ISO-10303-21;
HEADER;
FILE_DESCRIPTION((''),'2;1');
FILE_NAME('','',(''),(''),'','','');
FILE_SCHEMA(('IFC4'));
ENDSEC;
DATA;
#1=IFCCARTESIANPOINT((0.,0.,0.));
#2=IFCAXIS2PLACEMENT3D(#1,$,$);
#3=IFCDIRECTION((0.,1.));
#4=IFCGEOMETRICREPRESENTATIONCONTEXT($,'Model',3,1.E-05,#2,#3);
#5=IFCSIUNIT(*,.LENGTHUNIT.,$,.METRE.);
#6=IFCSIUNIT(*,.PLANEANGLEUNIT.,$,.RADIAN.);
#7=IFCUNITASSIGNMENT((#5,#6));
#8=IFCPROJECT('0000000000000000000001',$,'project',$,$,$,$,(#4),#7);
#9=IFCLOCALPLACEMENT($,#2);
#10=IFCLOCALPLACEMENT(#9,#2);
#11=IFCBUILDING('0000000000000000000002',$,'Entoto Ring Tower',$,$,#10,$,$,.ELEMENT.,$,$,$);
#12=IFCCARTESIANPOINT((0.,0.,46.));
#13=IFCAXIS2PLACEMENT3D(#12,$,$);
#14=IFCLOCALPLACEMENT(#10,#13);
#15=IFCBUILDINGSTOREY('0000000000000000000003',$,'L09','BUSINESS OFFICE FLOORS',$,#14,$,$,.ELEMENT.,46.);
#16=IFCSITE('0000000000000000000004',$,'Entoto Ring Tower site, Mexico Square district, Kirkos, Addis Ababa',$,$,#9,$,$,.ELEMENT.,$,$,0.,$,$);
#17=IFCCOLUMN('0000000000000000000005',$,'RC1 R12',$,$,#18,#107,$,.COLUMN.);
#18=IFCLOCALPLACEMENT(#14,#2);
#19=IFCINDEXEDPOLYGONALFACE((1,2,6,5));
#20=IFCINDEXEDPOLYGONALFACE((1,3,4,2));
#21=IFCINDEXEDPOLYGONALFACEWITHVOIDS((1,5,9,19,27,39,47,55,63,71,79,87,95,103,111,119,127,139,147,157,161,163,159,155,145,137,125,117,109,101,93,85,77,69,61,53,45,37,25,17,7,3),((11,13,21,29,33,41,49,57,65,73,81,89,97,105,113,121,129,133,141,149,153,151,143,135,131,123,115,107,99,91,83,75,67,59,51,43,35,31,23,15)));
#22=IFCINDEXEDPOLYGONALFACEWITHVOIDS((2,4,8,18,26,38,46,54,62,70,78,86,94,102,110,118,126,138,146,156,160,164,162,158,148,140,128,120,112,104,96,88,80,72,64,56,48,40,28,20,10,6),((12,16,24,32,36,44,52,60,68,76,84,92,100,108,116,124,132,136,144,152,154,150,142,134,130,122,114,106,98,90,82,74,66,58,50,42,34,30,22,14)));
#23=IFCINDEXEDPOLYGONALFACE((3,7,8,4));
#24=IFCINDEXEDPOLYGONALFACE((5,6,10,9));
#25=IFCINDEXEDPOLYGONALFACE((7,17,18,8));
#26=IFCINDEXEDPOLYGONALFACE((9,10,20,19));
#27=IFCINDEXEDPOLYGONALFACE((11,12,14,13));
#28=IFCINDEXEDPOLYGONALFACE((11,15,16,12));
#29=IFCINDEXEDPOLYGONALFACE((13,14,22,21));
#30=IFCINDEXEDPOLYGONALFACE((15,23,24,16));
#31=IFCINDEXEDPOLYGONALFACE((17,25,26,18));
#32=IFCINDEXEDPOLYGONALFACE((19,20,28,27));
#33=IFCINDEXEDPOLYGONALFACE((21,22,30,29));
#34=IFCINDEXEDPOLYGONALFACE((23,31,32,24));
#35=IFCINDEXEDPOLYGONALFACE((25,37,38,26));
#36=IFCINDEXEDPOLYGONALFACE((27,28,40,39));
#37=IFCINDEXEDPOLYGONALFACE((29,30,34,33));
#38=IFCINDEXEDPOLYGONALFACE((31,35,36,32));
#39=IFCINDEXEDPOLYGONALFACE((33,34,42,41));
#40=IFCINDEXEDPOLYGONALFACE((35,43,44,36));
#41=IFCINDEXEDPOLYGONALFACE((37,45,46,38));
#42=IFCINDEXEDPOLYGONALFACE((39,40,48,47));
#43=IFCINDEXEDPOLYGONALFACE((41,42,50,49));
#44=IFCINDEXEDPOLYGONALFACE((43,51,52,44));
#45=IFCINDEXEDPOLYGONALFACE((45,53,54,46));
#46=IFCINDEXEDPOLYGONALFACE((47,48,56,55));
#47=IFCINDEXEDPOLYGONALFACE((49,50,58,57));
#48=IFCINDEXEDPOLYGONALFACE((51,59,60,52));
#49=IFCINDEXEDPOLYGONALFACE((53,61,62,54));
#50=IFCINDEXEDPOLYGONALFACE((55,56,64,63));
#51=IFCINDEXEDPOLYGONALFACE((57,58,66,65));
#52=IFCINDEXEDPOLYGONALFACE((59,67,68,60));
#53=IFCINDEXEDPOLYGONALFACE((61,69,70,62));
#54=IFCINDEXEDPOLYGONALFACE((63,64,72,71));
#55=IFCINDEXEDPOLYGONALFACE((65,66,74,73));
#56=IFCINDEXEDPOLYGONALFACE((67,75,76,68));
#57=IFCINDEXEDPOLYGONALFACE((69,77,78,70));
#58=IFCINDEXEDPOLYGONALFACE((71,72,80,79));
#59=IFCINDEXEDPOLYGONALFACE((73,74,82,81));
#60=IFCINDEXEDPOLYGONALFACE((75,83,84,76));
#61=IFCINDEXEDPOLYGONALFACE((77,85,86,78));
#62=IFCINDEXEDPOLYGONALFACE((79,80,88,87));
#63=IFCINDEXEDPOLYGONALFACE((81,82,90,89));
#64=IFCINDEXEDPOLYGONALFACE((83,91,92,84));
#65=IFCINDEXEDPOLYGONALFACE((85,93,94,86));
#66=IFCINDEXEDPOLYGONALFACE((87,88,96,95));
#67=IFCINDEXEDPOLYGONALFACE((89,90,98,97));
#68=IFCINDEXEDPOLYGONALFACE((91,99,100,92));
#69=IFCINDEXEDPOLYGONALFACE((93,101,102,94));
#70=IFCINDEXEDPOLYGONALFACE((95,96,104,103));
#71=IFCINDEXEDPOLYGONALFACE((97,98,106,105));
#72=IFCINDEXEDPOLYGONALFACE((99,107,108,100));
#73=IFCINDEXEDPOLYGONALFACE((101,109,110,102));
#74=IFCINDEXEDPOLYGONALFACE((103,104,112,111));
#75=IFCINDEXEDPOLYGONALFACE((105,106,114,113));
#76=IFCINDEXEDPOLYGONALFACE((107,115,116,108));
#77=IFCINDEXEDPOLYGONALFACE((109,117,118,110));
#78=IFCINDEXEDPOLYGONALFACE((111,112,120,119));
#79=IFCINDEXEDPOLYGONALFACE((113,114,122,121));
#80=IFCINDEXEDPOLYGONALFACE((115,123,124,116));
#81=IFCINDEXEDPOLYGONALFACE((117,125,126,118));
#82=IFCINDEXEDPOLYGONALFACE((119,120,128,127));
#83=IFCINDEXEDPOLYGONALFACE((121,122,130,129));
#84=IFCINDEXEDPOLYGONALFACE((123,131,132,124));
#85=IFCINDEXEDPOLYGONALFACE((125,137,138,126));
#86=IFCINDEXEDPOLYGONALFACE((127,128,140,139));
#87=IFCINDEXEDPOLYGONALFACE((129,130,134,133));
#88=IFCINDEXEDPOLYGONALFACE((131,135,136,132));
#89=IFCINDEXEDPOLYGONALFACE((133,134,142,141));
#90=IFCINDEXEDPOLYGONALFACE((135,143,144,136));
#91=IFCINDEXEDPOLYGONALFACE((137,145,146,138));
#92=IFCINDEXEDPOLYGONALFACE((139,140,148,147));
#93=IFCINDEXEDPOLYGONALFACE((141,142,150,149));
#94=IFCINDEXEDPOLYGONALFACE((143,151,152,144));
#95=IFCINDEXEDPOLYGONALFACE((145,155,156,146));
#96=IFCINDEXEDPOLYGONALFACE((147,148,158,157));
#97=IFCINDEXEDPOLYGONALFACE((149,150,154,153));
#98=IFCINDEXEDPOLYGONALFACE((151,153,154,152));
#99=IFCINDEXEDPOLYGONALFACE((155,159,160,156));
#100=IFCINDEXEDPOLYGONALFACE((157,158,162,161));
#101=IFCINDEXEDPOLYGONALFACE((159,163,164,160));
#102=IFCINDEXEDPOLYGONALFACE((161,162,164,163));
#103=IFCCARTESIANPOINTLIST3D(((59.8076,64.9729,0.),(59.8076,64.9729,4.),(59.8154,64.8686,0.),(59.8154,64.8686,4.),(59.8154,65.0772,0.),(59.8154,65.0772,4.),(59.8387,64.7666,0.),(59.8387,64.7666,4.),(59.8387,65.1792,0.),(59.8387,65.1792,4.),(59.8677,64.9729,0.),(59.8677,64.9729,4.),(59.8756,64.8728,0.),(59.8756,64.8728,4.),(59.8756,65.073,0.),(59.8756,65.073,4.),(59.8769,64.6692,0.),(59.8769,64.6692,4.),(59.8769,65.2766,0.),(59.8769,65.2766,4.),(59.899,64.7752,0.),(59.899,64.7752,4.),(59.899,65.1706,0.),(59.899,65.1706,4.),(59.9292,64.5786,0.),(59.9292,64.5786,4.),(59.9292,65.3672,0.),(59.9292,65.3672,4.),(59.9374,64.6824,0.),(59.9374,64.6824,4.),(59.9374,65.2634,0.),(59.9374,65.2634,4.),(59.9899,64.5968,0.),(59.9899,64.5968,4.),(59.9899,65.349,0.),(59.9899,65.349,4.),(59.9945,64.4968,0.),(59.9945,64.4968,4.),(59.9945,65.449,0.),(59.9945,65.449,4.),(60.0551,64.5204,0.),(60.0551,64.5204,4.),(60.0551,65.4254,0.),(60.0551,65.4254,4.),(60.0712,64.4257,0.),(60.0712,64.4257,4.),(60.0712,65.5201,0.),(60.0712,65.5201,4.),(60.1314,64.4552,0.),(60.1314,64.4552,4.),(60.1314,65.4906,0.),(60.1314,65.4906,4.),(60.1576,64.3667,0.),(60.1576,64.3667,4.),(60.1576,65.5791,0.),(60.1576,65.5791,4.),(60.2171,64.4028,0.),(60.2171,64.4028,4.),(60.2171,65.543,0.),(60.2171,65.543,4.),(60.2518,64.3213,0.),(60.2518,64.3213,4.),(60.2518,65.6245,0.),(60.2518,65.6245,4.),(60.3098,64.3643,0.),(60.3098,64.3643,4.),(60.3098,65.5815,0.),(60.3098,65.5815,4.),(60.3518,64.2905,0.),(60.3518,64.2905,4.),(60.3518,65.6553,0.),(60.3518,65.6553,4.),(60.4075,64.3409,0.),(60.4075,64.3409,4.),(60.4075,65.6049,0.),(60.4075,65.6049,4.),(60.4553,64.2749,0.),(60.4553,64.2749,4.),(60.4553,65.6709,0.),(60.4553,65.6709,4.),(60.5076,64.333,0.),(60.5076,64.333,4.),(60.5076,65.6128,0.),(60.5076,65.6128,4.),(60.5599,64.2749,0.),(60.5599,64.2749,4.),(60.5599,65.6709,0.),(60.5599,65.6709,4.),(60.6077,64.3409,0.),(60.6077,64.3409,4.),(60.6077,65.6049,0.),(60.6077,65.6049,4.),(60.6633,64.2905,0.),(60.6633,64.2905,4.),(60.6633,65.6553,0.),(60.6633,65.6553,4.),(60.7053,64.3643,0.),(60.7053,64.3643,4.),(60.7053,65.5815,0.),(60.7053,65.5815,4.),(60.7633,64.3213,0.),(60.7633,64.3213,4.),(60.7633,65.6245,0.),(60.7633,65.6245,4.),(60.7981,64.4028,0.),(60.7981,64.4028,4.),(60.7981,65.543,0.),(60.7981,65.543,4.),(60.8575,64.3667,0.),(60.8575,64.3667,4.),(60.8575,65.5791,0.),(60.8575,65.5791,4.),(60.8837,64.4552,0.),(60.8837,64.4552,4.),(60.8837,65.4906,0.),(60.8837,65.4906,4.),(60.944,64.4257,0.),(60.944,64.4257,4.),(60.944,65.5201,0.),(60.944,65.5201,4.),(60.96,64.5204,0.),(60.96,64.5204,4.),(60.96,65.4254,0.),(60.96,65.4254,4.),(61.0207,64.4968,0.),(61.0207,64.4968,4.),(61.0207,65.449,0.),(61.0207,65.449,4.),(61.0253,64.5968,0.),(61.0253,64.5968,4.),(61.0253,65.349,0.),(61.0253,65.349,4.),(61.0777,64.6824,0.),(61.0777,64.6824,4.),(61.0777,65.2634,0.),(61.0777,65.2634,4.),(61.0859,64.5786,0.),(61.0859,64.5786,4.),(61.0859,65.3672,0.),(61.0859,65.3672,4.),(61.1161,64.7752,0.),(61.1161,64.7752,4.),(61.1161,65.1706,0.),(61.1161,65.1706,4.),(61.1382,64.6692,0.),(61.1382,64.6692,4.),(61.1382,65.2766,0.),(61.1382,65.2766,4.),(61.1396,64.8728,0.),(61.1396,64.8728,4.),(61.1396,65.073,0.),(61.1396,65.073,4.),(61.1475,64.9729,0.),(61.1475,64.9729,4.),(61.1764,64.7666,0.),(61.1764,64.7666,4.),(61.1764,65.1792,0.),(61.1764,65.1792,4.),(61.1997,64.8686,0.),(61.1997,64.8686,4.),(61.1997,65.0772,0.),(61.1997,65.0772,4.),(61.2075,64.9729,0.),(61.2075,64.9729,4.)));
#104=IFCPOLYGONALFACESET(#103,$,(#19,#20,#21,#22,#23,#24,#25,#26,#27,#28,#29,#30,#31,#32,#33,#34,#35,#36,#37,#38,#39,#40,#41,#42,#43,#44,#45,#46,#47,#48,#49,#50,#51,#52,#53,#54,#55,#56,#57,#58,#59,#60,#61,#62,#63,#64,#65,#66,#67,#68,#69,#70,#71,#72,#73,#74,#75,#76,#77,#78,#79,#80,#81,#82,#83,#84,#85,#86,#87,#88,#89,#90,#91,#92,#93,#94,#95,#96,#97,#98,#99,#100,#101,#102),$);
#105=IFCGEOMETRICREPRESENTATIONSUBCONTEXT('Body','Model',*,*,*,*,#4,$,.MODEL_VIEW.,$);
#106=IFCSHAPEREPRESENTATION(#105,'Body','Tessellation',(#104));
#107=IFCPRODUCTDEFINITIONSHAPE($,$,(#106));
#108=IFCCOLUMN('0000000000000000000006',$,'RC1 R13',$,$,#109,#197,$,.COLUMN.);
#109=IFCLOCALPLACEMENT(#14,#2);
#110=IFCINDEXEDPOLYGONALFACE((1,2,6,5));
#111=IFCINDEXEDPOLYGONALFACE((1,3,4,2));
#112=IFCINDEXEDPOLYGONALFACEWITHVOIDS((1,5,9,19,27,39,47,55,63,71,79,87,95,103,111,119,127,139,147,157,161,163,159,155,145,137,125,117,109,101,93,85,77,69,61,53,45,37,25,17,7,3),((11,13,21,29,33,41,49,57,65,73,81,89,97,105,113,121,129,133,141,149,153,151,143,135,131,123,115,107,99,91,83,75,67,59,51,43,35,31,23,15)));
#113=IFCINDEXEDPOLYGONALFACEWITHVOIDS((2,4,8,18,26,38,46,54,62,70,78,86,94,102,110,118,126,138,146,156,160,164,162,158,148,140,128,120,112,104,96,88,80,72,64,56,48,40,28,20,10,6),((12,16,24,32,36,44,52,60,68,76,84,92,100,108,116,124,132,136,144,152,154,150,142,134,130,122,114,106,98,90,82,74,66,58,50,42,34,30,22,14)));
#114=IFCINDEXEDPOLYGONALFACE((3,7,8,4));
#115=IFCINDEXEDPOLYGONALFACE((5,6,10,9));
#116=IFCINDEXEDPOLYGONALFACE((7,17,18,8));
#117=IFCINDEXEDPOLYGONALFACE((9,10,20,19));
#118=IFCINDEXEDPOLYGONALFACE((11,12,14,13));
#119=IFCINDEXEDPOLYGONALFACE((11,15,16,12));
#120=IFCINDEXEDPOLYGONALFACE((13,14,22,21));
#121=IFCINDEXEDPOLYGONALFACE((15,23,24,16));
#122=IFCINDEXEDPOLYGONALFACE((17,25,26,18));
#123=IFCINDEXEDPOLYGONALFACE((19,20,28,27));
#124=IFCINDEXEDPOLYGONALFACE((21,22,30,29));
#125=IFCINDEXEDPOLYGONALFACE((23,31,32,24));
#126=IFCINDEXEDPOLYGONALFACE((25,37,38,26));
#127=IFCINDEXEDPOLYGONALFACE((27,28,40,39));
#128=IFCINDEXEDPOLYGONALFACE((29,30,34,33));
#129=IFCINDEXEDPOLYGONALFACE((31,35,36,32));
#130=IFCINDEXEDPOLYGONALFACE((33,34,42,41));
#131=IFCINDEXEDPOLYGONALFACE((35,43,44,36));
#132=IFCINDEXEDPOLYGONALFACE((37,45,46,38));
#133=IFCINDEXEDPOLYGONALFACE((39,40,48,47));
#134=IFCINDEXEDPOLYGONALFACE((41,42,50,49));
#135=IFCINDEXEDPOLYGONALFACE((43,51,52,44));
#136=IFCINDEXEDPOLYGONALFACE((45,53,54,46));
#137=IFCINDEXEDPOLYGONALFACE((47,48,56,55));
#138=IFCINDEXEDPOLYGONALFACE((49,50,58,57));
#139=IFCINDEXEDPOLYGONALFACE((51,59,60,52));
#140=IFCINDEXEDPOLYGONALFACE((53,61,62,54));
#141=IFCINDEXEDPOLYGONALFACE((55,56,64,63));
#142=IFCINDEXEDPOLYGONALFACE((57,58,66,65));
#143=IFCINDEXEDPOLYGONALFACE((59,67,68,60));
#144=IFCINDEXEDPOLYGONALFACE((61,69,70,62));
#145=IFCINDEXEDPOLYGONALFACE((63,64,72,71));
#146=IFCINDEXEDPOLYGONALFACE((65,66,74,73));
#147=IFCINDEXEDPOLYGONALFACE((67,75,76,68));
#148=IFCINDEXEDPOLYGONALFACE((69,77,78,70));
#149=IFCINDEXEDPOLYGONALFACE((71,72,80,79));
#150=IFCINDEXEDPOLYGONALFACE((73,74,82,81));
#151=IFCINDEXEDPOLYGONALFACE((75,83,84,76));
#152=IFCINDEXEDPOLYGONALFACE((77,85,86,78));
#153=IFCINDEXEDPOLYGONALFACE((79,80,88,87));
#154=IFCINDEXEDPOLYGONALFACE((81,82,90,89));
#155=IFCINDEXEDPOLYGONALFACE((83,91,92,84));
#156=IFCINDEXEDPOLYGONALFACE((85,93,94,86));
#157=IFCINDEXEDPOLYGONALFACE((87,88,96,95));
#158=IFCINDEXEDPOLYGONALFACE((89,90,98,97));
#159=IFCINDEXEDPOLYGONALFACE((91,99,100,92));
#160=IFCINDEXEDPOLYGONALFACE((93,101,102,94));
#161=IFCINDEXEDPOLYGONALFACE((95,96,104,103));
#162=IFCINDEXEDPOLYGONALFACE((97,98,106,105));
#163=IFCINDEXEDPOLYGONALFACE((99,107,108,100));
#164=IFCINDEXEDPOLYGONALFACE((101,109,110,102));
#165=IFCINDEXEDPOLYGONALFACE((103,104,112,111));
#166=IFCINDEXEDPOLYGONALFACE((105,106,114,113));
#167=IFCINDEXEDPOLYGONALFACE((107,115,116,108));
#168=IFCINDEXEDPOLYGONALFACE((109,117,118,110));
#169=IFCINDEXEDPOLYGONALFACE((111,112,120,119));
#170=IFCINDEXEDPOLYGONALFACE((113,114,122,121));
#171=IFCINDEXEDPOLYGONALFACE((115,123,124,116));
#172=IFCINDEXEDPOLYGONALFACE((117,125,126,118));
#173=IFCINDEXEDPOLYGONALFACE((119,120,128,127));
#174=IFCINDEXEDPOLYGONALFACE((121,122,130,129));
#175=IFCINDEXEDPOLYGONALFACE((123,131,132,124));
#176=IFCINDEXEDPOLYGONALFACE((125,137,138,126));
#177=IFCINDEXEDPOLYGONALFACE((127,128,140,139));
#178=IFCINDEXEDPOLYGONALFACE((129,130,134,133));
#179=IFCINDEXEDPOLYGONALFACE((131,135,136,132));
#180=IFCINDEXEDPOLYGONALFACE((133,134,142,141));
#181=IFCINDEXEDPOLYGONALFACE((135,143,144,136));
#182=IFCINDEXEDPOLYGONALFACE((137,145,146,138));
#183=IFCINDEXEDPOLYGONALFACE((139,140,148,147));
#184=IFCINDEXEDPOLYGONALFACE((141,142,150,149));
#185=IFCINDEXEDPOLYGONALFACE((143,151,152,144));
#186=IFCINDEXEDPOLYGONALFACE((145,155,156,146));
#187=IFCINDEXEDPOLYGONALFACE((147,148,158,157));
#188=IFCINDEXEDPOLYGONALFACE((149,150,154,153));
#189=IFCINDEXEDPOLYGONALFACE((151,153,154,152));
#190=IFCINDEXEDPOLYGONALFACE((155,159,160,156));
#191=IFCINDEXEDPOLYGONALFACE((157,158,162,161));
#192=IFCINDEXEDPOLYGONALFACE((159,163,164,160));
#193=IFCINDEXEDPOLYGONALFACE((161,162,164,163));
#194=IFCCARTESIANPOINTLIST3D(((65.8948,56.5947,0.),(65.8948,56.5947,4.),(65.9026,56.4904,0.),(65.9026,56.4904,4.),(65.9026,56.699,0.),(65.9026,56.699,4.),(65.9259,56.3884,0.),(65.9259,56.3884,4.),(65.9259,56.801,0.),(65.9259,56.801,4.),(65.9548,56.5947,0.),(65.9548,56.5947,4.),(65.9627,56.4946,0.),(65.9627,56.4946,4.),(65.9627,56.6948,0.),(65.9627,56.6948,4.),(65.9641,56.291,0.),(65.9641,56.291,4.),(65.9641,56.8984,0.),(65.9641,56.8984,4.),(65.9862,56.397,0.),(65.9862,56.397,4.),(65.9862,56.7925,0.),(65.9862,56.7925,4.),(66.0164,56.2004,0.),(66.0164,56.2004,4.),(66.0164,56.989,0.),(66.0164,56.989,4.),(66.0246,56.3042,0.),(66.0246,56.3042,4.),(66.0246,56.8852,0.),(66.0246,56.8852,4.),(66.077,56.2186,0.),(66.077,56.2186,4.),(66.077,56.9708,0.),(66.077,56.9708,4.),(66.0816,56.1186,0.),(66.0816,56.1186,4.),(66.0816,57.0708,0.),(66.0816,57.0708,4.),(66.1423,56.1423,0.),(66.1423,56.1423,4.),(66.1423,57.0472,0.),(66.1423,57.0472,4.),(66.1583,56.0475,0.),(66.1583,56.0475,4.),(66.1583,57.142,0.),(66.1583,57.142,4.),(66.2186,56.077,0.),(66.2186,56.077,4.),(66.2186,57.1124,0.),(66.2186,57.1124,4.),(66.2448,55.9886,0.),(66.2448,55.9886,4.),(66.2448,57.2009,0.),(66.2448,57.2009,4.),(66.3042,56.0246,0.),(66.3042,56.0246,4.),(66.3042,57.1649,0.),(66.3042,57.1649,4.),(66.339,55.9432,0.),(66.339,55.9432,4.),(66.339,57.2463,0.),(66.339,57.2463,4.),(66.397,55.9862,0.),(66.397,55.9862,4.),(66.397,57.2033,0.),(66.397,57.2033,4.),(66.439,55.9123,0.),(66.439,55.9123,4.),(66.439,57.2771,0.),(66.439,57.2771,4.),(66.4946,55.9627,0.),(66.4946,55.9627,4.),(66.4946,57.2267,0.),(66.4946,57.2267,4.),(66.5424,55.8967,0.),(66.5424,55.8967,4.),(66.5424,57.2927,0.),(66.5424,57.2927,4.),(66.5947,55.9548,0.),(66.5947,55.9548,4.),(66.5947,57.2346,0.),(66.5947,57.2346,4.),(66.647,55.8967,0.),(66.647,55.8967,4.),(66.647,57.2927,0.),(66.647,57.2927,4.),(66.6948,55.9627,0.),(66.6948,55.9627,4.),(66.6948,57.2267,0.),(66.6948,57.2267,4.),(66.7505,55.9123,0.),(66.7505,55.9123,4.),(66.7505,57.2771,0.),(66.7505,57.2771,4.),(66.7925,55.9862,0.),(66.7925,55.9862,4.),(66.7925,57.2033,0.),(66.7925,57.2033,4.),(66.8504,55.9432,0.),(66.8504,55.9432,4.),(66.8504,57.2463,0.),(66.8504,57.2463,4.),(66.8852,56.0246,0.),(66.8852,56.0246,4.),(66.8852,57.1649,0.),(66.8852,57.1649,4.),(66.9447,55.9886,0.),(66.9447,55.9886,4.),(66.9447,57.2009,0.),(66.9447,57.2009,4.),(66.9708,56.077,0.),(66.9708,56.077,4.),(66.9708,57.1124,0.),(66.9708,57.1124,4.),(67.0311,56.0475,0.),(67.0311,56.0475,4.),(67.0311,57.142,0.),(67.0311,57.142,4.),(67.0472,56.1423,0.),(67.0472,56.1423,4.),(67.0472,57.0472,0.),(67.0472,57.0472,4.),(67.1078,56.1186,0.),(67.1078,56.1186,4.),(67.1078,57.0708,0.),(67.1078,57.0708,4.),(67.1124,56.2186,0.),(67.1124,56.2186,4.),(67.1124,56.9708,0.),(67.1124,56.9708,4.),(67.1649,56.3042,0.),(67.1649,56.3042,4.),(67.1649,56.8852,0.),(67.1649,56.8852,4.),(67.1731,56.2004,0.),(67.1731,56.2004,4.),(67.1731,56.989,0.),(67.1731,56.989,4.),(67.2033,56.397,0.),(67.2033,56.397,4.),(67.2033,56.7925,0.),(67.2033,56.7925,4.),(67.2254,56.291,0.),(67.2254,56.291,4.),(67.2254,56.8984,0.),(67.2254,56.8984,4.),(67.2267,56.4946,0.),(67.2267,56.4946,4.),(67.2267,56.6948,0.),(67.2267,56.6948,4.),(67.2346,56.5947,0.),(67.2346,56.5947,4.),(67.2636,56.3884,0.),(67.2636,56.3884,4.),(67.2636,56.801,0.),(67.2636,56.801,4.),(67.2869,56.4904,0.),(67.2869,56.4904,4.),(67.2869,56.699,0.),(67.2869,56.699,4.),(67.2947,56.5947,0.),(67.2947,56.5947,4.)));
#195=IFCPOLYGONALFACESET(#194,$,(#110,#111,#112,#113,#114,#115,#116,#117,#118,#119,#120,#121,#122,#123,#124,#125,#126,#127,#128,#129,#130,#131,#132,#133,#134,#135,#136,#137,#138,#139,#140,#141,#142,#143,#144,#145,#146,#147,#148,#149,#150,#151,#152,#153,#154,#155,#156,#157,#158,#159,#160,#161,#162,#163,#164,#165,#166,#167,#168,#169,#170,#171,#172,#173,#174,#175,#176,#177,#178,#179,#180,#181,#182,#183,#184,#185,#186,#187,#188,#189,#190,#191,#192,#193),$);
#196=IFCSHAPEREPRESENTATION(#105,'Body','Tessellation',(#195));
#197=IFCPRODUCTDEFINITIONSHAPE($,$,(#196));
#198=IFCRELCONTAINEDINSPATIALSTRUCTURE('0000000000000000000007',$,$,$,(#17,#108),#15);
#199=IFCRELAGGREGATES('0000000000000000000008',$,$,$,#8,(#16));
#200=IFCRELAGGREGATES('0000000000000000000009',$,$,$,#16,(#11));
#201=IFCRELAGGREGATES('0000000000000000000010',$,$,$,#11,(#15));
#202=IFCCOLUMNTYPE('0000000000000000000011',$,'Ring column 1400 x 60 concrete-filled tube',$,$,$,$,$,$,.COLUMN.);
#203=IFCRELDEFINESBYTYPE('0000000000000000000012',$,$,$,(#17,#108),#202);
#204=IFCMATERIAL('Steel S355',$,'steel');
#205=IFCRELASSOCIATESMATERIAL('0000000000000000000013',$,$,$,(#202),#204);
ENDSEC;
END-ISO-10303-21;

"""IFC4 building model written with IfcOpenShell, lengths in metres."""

from ifc_helpers import new_model, si_unit, direction, frame, origin, origin_2d, place, context, subcontext, project, spatial, circle, hollow_circle, extrude, material, material_profile, profile_set, type_object, element, save


model = new_model("IFC4")

# Units and contexts
model_context = context("Model", 3, precision=1e-05, world=origin(), true_north=direction((0.0, 1.0)))
body_context = subcontext(model_context, "Body", "Model", "MODEL_VIEW")
ifc_project = project(units=[si_unit("LENGTHUNIT", "METRE"), si_unit("PLANEANGLEUNIT", "RADIAN")], contexts=[model_context])

# Site, building, storey
site_placement = place(None, origin())
site = spatial("IfcSite", under=ifc_project, at=site_placement, Name="Entoto Ring Tower site, Mexico Square district, Kirkos, Addis Ababa", CompositionType="ELEMENT", RefElevation=0.0)
building_placement = place(site_placement, origin())
building = spatial("IfcBuilding", under=site, at=building_placement, Name="Entoto Ring Tower", CompositionType="ELEMENT")
storey_placement = place(building_placement, frame((0.0, 0.0, 46.0)))
storey = spatial("IfcBuildingStorey", under=building, at=storey_placement, Name="L09", Description="BUSINESS OFFICE FLOORS", CompositionType="ELEMENT", Elevation=46.0)

# Columns
ifc_material_1 = material(Name="Steel S355", Category="steel")
ifc_material_profile_1 = material_profile(ifc_material_1, hollow_circle(Radius=0.7, WallThickness=0.0601, at=origin_2d()), Name="CHS 1400 x 60")
ifc_material_2 = material(Name="Concrete C60/75", Category="concrete")
ifc_material_profile_2 = material_profile(ifc_material_2, circle(Radius=0.6399, at=origin_2d()), Name="Concrete C60/75 infill")
ifc_profile_set_1 = profile_set([ifc_material_profile_1, ifc_material_profile_2], Name="Steel S355")
column_type = type_object("IfcColumnType", Name="Ring column 1400 x 60 concrete-filled tube", PredefinedType="COLUMN", material=ifc_profile_set_1)
for number, where, z_axis, x_axis, name in (
    (1, (60.5076, 64.9729, 0.0), (0.0, 0.0, 1.0), (1.0, 0.0, 0.0), "RC1 R12"),
    (2, (66.5947, 56.5947, 0.0), (0.0, 0.0, 1.0), (1.0, 0.0, 0.0), "RC1 R13"),
):
    element("IfcColumn", number, at=place(storey_placement, frame(where, z_axis=z_axis, x_axis=x_axis)), inside=storey, type_object=column_type, Name=name, PredefinedType="COLUMN", context=body_context, shape_type="SweptSolid", body=[
        extrude(hollow_circle(Radius=0.7, WallThickness=0.0601, at=origin_2d()), origin(), (0.0, 0.0, 1.0), 4.0),
    ])

save(model, "model.ifc")
